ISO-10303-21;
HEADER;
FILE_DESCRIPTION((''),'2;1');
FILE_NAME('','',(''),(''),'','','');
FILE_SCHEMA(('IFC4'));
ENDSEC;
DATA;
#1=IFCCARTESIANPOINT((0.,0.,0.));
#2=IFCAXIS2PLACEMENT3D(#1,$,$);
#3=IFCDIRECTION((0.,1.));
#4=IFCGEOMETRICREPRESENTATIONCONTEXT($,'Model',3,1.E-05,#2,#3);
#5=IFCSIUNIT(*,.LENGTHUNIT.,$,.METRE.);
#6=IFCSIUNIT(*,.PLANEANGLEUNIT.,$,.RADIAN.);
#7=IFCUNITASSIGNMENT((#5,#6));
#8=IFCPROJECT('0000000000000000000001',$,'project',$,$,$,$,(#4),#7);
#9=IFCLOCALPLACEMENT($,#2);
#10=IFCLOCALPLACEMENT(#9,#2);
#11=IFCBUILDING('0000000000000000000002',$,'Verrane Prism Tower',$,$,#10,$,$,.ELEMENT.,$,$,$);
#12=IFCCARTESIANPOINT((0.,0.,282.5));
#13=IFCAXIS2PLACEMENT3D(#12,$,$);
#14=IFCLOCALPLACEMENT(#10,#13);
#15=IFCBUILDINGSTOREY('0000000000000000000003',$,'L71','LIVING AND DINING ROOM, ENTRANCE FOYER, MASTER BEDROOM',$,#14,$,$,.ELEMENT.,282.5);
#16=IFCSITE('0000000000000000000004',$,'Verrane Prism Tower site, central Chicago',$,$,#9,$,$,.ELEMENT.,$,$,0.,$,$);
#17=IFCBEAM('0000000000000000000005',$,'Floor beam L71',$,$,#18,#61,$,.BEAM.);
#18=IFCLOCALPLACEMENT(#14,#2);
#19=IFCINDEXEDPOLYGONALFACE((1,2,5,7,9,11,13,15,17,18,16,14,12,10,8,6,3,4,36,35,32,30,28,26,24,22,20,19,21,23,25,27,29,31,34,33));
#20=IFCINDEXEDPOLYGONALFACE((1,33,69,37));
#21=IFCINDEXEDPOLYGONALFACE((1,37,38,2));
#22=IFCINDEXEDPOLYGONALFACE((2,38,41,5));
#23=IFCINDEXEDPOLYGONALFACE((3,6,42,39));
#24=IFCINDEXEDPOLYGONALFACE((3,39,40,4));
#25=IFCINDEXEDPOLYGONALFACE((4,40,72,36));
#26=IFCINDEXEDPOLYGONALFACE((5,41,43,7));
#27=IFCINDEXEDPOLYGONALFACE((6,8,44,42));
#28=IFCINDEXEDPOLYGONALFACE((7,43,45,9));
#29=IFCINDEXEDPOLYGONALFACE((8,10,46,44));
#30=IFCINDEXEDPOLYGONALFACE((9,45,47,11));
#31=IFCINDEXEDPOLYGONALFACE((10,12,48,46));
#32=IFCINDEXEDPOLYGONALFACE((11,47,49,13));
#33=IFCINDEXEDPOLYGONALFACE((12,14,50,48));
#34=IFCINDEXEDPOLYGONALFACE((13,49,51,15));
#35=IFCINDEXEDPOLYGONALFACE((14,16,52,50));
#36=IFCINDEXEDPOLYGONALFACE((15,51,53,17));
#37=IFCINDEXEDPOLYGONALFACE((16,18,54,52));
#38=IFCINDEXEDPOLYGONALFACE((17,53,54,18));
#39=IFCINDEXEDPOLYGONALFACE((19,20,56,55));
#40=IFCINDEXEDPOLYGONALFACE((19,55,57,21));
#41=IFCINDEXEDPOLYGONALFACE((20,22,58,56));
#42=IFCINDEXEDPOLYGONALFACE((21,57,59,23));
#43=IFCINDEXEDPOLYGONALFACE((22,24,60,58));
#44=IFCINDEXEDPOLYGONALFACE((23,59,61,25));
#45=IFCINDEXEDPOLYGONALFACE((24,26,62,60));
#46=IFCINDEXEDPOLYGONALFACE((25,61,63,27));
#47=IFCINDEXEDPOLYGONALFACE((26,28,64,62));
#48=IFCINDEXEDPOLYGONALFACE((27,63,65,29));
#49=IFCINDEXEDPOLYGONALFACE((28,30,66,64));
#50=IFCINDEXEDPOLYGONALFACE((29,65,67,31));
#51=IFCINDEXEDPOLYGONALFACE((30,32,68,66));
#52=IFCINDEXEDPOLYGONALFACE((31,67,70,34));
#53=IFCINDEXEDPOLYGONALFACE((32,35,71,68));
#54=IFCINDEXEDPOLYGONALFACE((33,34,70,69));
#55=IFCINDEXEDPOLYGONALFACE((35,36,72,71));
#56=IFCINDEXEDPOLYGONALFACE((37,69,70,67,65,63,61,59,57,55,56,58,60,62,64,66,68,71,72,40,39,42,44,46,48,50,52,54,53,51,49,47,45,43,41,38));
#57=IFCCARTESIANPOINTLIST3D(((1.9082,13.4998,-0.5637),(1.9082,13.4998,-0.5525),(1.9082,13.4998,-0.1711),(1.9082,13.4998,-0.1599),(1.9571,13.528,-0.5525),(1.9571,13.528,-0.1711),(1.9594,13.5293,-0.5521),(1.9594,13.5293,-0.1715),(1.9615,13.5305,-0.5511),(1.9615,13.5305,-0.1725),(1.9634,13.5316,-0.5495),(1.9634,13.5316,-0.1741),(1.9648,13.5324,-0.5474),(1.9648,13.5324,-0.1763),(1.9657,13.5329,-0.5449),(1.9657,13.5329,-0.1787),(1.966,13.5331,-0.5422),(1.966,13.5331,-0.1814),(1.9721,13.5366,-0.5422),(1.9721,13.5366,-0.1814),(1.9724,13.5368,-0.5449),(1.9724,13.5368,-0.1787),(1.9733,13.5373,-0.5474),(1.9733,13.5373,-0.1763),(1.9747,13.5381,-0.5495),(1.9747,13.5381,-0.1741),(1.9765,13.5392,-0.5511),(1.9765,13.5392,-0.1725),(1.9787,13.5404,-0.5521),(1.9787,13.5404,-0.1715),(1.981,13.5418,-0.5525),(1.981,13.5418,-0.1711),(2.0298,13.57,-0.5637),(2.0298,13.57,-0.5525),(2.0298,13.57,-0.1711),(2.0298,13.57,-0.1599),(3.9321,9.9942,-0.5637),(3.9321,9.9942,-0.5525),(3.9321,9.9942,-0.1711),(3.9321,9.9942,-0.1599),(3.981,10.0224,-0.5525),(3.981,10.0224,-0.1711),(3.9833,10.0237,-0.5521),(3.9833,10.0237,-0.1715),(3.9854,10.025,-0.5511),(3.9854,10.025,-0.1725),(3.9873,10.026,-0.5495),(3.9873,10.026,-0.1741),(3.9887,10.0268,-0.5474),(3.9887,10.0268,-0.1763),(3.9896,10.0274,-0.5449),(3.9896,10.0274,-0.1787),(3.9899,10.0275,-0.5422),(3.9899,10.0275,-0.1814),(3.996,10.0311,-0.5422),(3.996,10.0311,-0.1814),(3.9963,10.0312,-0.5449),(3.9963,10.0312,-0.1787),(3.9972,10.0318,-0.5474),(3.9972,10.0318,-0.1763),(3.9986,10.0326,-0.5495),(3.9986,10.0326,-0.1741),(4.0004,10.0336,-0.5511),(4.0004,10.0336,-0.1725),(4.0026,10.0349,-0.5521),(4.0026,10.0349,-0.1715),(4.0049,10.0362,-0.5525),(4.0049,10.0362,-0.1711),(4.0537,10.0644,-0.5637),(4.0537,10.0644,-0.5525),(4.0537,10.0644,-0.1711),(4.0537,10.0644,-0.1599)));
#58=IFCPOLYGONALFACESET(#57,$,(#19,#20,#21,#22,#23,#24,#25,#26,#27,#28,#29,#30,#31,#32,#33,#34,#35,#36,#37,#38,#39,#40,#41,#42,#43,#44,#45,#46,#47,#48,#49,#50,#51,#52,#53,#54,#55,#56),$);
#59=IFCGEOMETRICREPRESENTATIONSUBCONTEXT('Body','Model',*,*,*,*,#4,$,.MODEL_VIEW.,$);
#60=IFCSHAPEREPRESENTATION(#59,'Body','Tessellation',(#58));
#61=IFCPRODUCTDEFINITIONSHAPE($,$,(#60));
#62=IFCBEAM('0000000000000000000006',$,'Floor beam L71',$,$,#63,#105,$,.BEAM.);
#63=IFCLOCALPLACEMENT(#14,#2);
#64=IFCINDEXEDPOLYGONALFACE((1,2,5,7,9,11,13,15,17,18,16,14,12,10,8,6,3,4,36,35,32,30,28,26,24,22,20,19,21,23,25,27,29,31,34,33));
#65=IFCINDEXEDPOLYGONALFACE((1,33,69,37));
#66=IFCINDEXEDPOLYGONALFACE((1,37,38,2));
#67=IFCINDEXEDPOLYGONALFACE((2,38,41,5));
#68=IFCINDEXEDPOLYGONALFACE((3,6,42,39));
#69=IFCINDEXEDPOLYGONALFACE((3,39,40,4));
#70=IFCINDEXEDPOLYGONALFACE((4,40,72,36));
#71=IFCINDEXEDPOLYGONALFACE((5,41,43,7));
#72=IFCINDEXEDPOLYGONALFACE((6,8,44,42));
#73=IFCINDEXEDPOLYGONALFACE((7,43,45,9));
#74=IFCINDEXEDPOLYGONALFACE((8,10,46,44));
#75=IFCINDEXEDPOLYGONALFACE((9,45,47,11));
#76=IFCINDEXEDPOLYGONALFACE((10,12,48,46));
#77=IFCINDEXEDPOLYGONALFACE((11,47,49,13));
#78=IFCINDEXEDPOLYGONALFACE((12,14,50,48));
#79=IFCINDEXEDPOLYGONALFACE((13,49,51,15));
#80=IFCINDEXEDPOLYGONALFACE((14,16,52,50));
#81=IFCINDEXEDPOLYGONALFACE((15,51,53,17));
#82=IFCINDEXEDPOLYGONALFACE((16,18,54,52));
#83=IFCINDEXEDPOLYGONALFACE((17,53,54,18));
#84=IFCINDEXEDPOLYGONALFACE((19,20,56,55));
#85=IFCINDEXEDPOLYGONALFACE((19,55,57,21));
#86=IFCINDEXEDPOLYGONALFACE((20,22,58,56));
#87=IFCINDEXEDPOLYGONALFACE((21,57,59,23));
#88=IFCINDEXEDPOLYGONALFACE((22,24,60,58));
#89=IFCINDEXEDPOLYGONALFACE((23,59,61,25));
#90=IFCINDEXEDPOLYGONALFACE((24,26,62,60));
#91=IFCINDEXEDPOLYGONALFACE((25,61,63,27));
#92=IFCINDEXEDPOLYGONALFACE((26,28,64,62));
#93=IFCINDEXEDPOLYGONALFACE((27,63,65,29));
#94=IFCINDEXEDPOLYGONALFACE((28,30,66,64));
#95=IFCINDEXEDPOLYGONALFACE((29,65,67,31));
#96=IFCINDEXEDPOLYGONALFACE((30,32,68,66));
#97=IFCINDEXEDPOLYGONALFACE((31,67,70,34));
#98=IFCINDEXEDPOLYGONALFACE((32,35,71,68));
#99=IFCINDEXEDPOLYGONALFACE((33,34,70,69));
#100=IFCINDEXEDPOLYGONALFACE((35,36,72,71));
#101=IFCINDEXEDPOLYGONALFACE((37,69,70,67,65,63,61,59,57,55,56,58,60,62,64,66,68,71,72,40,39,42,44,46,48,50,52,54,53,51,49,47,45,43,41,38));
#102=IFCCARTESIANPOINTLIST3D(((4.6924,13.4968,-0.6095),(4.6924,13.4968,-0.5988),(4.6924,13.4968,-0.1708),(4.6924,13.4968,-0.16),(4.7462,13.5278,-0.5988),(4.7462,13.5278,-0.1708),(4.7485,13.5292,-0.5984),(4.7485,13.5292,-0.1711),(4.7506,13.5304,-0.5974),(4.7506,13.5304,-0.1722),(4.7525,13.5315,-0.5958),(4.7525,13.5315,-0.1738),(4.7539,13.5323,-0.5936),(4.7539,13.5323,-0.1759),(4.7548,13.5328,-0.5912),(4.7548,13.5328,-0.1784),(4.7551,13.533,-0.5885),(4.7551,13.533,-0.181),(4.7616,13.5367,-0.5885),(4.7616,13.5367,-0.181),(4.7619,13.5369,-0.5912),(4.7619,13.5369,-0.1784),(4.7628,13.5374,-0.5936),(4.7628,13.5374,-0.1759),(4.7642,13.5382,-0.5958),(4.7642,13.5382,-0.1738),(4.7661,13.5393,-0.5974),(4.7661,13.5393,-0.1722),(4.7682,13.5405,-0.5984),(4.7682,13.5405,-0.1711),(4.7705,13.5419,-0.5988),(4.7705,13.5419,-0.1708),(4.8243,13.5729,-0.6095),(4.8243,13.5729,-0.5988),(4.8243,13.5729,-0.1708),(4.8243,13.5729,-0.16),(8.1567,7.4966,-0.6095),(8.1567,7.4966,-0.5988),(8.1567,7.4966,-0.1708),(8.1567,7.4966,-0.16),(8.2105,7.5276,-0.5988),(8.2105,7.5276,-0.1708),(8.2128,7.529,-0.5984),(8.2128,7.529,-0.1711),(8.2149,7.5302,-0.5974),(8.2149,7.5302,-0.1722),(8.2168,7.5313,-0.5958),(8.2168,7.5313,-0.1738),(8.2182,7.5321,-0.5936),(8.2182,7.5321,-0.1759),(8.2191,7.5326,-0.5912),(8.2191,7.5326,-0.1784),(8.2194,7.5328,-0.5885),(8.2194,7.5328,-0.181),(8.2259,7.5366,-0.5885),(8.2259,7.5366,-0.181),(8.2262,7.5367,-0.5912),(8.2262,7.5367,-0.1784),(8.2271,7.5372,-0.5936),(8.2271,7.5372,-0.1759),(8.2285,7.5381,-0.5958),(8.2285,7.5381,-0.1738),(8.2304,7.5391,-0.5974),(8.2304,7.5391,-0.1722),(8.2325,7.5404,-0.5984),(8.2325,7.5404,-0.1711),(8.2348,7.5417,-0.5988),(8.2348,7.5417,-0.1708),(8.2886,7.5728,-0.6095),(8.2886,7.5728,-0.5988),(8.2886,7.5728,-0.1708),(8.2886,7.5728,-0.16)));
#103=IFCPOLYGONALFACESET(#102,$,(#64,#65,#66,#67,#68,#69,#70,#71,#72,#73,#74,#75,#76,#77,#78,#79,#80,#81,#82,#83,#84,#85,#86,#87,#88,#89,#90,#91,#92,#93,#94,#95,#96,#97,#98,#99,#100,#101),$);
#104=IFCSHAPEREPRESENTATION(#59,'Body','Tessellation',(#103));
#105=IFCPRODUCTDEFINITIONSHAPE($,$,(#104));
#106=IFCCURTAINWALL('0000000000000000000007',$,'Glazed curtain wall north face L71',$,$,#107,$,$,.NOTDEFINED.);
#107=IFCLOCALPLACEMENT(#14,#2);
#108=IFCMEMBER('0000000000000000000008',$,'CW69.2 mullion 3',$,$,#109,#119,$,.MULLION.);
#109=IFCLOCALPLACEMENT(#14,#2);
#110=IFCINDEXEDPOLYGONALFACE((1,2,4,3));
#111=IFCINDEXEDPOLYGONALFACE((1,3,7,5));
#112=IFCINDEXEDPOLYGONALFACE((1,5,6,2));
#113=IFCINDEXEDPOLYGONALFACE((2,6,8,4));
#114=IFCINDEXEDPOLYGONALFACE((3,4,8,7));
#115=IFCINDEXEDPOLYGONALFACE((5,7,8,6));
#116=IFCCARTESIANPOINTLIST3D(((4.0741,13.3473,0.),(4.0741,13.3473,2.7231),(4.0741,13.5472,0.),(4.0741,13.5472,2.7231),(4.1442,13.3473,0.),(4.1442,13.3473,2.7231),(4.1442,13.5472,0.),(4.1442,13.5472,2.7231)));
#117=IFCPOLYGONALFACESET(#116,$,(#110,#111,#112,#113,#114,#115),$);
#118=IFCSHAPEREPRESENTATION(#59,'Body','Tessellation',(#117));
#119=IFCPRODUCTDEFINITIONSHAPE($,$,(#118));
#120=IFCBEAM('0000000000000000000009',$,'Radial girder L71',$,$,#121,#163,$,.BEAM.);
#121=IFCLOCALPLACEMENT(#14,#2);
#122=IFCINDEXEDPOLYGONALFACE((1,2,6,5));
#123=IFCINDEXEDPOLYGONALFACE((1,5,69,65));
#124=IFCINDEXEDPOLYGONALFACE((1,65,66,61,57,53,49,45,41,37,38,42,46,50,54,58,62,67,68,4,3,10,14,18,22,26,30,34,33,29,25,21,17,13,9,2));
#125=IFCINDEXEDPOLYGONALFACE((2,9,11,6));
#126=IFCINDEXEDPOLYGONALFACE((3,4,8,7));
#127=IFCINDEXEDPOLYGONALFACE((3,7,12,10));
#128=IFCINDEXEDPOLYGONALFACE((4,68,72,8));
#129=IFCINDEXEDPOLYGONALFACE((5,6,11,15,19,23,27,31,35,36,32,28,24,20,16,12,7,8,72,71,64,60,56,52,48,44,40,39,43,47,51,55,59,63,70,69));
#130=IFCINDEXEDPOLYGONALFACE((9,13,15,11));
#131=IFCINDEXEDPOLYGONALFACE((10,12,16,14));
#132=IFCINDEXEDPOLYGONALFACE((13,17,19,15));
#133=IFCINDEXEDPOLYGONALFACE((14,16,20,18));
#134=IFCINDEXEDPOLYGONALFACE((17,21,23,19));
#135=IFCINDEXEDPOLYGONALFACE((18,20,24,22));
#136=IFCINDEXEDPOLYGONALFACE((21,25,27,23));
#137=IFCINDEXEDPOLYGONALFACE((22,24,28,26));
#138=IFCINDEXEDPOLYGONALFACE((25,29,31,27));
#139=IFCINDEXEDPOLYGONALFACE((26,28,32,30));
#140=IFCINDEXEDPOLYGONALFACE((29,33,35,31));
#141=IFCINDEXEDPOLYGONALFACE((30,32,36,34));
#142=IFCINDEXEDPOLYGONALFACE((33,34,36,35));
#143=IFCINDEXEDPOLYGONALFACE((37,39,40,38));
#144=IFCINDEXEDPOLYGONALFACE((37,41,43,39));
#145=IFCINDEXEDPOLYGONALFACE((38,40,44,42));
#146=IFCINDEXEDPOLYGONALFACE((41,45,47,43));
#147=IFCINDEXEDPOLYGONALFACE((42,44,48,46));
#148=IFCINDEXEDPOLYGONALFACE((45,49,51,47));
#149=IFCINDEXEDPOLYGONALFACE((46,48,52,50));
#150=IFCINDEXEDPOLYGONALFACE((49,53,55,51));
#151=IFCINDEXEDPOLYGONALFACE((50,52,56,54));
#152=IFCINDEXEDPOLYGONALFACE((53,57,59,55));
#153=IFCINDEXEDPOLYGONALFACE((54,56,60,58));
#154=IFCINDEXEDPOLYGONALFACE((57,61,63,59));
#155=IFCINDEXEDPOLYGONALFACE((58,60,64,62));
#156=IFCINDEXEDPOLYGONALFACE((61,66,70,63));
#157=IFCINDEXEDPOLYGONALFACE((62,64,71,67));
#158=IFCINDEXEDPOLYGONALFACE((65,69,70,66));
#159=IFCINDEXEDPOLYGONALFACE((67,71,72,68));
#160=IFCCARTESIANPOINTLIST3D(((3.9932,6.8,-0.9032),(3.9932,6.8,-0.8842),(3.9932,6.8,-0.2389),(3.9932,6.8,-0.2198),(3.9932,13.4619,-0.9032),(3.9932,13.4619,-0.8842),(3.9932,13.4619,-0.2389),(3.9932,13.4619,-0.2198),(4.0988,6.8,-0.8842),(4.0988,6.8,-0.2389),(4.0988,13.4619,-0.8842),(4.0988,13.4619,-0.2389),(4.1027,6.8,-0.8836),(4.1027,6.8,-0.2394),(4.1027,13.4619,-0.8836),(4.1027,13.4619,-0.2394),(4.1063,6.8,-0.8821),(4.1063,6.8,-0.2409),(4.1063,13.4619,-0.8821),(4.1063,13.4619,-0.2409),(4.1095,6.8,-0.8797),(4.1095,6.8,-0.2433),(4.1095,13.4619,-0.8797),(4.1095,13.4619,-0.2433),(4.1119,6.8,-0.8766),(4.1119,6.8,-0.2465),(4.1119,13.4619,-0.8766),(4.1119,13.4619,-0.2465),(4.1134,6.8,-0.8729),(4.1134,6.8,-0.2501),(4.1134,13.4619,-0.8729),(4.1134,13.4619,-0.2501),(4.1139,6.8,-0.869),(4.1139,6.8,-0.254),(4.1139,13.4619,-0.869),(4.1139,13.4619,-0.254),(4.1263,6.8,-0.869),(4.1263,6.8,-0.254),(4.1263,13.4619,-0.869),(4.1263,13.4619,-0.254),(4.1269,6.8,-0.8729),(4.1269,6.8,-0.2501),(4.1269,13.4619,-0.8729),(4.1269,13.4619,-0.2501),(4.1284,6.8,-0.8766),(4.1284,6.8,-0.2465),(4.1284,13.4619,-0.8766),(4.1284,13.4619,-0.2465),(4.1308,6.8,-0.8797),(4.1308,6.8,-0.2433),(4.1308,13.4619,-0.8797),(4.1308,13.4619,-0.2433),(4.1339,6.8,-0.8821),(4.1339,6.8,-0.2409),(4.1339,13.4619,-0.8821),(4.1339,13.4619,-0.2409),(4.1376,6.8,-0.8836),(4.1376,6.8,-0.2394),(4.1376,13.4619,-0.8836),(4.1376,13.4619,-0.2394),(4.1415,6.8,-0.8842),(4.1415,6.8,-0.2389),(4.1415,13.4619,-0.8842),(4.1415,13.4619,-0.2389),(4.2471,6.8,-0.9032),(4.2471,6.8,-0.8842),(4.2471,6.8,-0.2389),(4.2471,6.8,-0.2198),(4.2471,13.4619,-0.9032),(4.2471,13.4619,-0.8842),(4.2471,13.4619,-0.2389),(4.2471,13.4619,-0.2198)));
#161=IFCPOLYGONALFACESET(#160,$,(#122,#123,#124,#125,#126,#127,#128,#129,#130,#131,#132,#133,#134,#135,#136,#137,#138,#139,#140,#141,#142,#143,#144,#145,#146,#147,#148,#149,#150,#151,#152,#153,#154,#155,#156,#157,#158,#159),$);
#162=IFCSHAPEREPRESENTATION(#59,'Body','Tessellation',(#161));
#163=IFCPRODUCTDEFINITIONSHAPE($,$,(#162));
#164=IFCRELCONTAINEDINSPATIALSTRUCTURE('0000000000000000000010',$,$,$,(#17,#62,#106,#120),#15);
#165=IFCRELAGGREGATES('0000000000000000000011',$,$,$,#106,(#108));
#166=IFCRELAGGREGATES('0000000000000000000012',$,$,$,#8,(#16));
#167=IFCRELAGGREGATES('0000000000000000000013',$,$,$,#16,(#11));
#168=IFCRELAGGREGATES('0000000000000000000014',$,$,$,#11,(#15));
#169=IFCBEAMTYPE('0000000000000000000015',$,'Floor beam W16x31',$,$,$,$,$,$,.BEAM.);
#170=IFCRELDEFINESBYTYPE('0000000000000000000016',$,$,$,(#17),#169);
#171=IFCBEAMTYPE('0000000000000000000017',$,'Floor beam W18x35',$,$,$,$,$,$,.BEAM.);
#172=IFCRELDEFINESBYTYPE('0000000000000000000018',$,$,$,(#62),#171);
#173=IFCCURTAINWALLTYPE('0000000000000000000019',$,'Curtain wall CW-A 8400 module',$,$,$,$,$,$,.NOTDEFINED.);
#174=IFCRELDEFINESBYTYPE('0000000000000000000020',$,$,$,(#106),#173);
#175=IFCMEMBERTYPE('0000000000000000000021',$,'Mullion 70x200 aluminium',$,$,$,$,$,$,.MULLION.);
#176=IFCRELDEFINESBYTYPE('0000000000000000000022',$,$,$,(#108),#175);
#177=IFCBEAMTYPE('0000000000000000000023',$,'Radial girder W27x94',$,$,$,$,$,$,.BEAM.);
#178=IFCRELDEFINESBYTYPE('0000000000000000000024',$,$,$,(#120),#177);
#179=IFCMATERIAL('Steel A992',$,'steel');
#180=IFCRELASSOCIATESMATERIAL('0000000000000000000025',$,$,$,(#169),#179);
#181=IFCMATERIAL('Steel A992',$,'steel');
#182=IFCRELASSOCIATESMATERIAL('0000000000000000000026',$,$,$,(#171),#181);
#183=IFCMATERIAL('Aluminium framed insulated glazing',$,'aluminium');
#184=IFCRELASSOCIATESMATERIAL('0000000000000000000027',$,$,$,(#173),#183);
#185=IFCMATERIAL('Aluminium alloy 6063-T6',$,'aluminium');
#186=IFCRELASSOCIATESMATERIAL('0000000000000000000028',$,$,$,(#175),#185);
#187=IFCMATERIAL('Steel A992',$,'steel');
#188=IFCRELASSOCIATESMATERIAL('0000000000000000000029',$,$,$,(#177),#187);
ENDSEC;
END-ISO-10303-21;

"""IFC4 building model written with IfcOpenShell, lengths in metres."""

from ifc_helpers import new_model, si_unit, direction, frame, origin, origin_2d, place, context, subcontext, project, spatial, rectangle, i_section, extrude, material, material_profile, profile_set, type_object, element, aggregate, save


model = new_model("IFC4")

# Units and contexts
model_context = context("Model", 3, precision=1e-05, world=origin(), true_north=direction((0.0, 1.0)))
body_context = subcontext(model_context, "Body", "Model", "MODEL_VIEW")
ifc_project = project(units=[si_unit("LENGTHUNIT", "METRE"), si_unit("PLANEANGLEUNIT", "RADIAN")], contexts=[model_context])

# Site, building, storey
site_placement = place(None, origin())
site = spatial("IfcSite", under=ifc_project, at=site_placement, Name="Verrane Prism Tower site, central Chicago", CompositionType="ELEMENT", RefElevation=0.0)
building_placement = place(site_placement, origin())
building = spatial("IfcBuilding", under=site, at=building_placement, Name="Verrane Prism Tower", CompositionType="ELEMENT")
storey_placement = place(building_placement, frame((0.0, 0.0, 282.5)))
storey = spatial("IfcBuildingStorey", under=building, at=storey_placement, Name="L71", Description="LIVING AND DINING ROOM, ENTRANCE FOYER, MASTER BEDROOM", CompositionType="ELEMENT", Elevation=282.5)

# Beams
ifc_material_1 = material(Name="Steel A992", Category="steel")
ifc_material_profile_1 = material_profile(ifc_material_1, i_section(OverallWidth=0.1404, OverallDepth=0.4038, WebThickness=0.0071, FlangeThickness=0.0112, FilletRadius=0.0103, at=origin_2d()), Name="W16x31")
ifc_profile_set_1 = profile_set([ifc_material_profile_1], Name="Steel A992")
beam_type_1 = type_object("IfcBeamType", Name="Floor beam W16x31", PredefinedType="BEAM", material=ifc_profile_set_1)
beam_1_placement = place(storey_placement, frame((3.9929, 10.0293, -0.3618), z_axis=(-0.499992, 0.86603, 0.0), x_axis=(-0.86603, -0.499992, 0.0)))
element("IfcBeam", 1, at=beam_1_placement, inside=storey, type_object=beam_type_1, Name="Floor beam L71", PredefinedType="BEAM", context=body_context, shape_type="SweptSolid", body=[
    extrude(i_section(OverallWidth=0.1404, OverallDepth=0.4038, WebThickness=0.0071, FlangeThickness=0.0112, FilletRadius=0.0103, at=origin_2d()), origin(), (0.0, 0.0, 1.0), 4.0479),
])
ifc_material_2 = material(Name="Steel A992", Category="steel")
ifc_material_profile_2 = material_profile(ifc_material_2, i_section(OverallWidth=0.1523, OverallDepth=0.4495, WebThickness=0.0076, FlangeThickness=0.0107, FilletRadius=0.0103, at=origin_2d()), Name="W18x35")
ifc_profile_set_2 = profile_set([ifc_material_profile_2], Name="Steel A992")
beam_type_2 = type_object("IfcBeamType", Name="Floor beam W18x35", PredefinedType="BEAM", material=ifc_profile_set_2)
beam_2_placement = place(storey_placement, frame((8.2227, 7.5347, -0.3848), z_axis=(-0.500012, 0.866018, 0.0), x_axis=(-0.866018, -0.500012, 0.0)))
element("IfcBeam", 2, at=beam_2_placement, inside=storey, type_object=beam_type_2, Name="Floor beam L71", PredefinedType="BEAM", context=body_context, shape_type="SweptSolid", body=[
    extrude(i_section(OverallWidth=0.1523, OverallDepth=0.4495, WebThickness=0.0076, FlangeThickness=0.0107, FilletRadius=0.0103, at=origin_2d()), origin(), (0.0, 0.0, 1.0), 6.9285),
])

# Curtain wall, member
ifc_material_3 = material(Name="Aluminium framed insulated glazing", Category="aluminium")
curtain_wall_type = type_object("IfcCurtainWallType", Name="Curtain wall CW-A 8400 module", PredefinedType="NOTDEFINED", material=ifc_material_3)
curtain_wall_placement = place(storey_placement, origin())
curtain_wall = element("IfcCurtainWall", 3, at=curtain_wall_placement, inside=storey, type_object=curtain_wall_type, Name="Glazed curtain wall north face L71", PredefinedType="NOTDEFINED")
ifc_material_4 = material(Name="Aluminium alloy 6063-T6", Category="aluminium")
ifc_material_profile_3 = material_profile(ifc_material_4, rectangle(XDim=0.2, YDim=0.0701, at=origin_2d()), Name="Mullion 70x200 aluminium")
ifc_profile_set_3 = profile_set([ifc_material_profile_3], Name="Aluminium alloy 6063-T6")
member_type_1 = type_object("IfcMemberType", Name="Mullion 70x200 aluminium", PredefinedType="MULLION", material=ifc_profile_set_3)
member_1_placement = place(storey_placement, frame((4.1091, 13.4473, 0.0), z_axis=(0.0, 0.0, 1.0), x_axis=(0.0, -1.0, 0.0)))
member_1 = element("IfcMember", 4, at=member_1_placement, type_object=member_type_1, Name="CW69.2 mullion 3", PredefinedType="MULLION", context=body_context, shape_type="SweptSolid", body=[
    extrude(rectangle(XDim=0.2, YDim=0.0701, at=origin_2d()), origin(), (0.0, 0.0, 1.0), 2.7231),
])

# Beam
ifc_material_5 = material(Name="Steel A992", Category="steel")
ifc_material_profile_4 = material_profile(ifc_material_5, i_section(OverallWidth=0.2539, OverallDepth=0.6833, WebThickness=0.0125, FlangeThickness=0.019, FilletRadius=0.0151, at=origin_2d()), Name="W27x94")
ifc_profile_set_4 = profile_set([ifc_material_profile_4], Name="Steel A992")
beam_type_3 = type_object("IfcBeamType", Name="Radial girder W27x94", PredefinedType="BEAM", material=ifc_profile_set_4)
beam_3_placement = place(storey_placement, frame((4.1201, 13.4619, -0.5615), z_axis=(0.0, -1.0, 0.0), x_axis=(1.0, 0.0, 0.0)))
element("IfcBeam", 5, at=beam_3_placement, inside=storey, type_object=beam_type_3, Name="Radial girder L71", PredefinedType="BEAM", context=body_context, shape_type="SweptSolid", body=[
    extrude(i_section(OverallWidth=0.2539, OverallDepth=0.6833, WebThickness=0.0125, FlangeThickness=0.019, FilletRadius=0.0151, at=origin_2d()), origin(), (0.0, 0.0, 1.0), 6.6619),
])

aggregate(curtain_wall, [member_1])

save(model, "model.ifc")
